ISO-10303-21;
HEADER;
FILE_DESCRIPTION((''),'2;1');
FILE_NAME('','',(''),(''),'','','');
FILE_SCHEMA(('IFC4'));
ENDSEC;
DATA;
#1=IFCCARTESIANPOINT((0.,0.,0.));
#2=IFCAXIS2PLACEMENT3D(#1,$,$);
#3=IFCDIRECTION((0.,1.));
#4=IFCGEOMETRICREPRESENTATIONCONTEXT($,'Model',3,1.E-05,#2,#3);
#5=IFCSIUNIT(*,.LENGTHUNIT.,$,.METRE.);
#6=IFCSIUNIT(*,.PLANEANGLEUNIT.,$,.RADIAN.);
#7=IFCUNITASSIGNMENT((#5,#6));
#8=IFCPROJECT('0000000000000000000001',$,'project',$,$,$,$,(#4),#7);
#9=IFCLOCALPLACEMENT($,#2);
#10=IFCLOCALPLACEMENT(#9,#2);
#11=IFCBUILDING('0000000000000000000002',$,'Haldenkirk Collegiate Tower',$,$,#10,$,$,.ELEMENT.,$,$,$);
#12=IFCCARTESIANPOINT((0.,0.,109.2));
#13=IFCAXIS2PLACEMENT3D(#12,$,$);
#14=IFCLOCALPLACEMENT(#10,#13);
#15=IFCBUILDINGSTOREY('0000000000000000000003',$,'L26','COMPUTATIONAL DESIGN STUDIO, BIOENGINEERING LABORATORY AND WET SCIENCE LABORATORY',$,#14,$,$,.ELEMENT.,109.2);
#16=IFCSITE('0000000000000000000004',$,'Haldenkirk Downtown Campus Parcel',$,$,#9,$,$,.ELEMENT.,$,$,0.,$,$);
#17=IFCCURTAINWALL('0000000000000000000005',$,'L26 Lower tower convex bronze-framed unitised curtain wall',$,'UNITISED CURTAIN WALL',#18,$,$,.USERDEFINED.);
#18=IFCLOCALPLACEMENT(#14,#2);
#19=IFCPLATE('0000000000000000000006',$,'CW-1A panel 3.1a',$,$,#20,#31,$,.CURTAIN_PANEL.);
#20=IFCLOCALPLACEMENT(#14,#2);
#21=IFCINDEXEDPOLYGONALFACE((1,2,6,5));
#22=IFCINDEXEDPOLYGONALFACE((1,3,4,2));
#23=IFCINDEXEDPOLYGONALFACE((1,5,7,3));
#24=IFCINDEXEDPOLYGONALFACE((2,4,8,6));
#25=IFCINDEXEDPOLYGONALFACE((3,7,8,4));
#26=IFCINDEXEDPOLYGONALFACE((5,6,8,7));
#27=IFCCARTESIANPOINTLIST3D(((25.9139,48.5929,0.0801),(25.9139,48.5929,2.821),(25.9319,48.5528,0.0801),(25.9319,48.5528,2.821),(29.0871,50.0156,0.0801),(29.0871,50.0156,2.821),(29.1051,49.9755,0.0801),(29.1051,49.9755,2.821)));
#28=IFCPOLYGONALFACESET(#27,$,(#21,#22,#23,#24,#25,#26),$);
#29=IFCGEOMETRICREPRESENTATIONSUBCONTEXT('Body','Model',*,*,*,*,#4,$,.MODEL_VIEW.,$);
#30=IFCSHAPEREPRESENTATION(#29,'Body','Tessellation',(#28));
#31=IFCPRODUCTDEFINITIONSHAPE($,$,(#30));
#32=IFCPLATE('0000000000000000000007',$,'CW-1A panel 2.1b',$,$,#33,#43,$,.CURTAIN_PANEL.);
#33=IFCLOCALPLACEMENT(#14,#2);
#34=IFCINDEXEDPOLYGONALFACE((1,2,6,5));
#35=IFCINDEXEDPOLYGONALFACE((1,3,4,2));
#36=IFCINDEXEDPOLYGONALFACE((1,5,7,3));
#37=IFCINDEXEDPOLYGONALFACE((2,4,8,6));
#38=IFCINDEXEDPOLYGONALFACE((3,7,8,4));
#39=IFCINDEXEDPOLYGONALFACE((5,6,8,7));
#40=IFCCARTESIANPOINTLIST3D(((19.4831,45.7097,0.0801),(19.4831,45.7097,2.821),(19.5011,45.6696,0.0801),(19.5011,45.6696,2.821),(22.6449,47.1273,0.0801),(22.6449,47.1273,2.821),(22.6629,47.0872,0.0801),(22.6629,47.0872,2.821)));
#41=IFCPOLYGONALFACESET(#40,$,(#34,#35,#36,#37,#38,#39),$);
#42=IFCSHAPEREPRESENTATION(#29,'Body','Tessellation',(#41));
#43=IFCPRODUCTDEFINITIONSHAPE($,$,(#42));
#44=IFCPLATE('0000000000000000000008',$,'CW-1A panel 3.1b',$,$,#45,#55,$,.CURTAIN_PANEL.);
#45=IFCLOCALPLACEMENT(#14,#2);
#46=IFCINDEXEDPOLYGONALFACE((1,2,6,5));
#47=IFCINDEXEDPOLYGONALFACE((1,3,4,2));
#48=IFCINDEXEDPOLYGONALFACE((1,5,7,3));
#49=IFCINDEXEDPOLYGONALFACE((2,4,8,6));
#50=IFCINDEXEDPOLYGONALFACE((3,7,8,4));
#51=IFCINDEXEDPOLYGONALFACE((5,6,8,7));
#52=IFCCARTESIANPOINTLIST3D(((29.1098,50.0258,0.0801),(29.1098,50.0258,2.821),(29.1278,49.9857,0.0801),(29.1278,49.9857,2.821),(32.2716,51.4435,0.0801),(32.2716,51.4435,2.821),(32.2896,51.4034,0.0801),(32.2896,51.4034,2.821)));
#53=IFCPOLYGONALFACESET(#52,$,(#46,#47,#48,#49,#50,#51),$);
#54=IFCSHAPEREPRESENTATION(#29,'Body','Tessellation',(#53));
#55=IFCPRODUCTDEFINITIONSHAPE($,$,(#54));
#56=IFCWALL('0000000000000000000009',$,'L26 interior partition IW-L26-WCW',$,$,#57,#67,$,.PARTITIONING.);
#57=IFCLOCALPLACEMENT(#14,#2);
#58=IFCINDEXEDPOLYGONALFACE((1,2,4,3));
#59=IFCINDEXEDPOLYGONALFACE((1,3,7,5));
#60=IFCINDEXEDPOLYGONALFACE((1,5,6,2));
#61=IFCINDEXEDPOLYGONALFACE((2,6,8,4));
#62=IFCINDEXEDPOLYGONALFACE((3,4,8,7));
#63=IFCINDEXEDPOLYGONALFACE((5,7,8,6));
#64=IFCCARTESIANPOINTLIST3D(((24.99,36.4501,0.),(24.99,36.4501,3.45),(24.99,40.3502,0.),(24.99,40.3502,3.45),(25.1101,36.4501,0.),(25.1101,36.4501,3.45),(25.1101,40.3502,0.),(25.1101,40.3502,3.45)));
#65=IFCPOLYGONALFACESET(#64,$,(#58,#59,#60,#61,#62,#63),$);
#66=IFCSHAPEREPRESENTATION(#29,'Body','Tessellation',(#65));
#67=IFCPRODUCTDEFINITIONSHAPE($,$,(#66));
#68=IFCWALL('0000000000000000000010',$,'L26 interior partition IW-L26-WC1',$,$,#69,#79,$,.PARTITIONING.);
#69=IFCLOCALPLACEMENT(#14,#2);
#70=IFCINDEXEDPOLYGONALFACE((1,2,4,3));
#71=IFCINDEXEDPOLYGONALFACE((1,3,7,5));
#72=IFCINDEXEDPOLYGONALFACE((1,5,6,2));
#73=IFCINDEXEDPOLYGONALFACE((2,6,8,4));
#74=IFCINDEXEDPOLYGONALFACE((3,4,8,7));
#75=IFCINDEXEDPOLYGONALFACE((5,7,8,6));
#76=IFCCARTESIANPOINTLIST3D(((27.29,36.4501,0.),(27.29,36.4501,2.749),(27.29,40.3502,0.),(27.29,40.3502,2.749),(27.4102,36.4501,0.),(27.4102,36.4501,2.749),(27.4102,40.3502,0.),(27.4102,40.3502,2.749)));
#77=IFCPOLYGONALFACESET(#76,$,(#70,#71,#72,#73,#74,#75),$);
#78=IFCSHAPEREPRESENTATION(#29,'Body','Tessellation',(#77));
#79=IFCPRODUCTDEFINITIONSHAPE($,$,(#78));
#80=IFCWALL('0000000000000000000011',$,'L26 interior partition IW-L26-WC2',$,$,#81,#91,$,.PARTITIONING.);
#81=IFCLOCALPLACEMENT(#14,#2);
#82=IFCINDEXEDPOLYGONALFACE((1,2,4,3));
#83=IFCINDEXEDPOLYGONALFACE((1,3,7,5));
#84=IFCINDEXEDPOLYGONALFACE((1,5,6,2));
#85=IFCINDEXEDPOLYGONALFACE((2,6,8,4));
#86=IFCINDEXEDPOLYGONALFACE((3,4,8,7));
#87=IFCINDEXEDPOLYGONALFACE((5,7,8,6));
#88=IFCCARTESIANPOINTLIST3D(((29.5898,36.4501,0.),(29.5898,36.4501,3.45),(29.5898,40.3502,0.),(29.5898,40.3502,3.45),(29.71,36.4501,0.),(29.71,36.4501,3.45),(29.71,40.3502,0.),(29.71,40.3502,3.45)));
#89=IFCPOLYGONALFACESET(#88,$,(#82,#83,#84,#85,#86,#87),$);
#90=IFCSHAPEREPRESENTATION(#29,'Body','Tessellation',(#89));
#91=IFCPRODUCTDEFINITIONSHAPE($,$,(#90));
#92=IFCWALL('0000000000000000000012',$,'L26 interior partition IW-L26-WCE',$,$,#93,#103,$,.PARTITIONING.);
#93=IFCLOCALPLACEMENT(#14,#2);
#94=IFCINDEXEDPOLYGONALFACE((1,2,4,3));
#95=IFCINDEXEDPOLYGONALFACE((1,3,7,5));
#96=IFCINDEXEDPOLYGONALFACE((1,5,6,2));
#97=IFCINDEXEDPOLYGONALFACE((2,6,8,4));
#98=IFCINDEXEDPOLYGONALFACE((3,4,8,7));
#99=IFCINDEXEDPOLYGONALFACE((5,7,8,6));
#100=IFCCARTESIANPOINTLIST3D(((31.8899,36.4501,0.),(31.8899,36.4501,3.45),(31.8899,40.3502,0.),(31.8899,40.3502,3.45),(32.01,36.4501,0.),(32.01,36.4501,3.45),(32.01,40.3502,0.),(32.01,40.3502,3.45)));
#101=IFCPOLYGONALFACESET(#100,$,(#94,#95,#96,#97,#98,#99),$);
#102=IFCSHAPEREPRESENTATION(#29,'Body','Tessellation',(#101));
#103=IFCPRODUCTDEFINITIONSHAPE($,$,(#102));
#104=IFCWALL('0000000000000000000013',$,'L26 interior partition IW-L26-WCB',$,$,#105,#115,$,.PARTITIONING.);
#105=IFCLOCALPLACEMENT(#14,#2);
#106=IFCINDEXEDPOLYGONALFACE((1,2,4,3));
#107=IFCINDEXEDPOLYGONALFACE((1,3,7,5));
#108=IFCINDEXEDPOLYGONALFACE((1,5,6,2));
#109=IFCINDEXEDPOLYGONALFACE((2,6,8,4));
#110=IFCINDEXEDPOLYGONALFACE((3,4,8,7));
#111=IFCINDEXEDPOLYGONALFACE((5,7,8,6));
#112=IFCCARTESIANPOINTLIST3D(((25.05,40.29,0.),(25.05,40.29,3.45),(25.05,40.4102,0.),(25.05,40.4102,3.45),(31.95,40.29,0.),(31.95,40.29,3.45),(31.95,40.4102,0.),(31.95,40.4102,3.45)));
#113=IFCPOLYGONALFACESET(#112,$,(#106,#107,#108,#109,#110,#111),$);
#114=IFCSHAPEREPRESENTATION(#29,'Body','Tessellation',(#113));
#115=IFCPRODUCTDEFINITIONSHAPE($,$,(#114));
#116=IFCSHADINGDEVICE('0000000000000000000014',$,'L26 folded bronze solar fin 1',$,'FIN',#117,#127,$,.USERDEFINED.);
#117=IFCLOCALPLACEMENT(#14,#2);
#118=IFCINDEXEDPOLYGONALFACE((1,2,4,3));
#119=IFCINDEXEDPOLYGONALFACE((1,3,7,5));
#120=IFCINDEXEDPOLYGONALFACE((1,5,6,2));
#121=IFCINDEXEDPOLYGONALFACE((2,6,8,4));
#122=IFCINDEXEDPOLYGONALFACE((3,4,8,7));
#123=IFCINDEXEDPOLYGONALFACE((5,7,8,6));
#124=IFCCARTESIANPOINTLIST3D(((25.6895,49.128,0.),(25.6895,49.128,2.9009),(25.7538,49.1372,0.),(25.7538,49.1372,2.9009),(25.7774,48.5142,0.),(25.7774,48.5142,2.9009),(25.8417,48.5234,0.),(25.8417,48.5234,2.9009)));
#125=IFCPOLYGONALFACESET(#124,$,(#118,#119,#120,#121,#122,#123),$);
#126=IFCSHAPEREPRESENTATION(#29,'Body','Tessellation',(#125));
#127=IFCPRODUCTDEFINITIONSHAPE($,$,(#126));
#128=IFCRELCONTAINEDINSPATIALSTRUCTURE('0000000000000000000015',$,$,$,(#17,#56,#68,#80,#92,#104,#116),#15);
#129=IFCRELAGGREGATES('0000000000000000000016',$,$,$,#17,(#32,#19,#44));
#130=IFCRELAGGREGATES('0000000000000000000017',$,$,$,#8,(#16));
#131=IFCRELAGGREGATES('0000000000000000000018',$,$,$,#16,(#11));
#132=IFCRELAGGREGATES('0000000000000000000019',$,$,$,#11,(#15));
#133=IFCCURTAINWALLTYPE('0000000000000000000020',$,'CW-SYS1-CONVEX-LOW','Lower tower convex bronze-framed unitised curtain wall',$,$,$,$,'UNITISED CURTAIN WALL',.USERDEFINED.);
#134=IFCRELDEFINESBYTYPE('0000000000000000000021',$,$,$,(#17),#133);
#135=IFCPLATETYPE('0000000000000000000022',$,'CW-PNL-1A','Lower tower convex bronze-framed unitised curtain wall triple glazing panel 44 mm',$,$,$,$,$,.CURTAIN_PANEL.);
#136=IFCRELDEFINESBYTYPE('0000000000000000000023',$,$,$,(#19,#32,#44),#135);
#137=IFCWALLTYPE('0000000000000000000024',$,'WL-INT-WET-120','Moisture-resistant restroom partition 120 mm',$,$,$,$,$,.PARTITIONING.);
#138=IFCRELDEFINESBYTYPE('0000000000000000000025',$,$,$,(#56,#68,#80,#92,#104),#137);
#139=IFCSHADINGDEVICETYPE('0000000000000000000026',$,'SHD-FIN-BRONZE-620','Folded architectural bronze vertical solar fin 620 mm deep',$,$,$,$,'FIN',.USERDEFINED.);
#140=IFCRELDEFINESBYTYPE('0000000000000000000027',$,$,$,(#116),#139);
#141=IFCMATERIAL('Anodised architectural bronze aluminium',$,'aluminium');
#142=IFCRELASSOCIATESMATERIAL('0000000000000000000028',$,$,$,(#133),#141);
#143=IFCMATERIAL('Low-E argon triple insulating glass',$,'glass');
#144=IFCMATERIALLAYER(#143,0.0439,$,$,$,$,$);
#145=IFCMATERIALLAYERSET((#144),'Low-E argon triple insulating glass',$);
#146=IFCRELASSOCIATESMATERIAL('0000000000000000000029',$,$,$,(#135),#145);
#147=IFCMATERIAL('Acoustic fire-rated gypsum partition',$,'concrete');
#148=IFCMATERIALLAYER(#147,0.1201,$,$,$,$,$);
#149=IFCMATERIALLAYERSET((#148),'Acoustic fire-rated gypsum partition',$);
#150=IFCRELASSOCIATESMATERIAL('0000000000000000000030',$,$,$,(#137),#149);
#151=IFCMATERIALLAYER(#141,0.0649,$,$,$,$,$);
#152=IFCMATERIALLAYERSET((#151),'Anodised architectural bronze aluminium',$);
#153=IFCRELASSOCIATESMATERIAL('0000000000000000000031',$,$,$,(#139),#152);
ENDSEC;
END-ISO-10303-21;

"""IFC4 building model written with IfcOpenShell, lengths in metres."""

from ifc_helpers import new_model, si_unit, direction, frame, frame_2d, origin, origin_2d, place, context, subcontext, project, spatial, rectangle, extrude, source, transform, mapped, material, layer, layer_set, type_object, element, aggregate, save


model = new_model("IFC4")

# Units and contexts
model_context = context("Model", 3, precision=1e-05, world=origin(), true_north=direction((0.0, 1.0)))
body_context = subcontext(model_context, "Body", "Model", "MODEL_VIEW")
ifc_project = project(units=[si_unit("LENGTHUNIT", "METRE"), si_unit("PLANEANGLEUNIT", "RADIAN")], contexts=[model_context])

# Site, building, storey
site_placement = place(None, origin())
site = spatial("IfcSite", under=ifc_project, at=site_placement, Name="Haldenkirk Downtown Campus Parcel", CompositionType="ELEMENT", RefElevation=0.0)
building_placement = place(site_placement, origin())
building = spatial("IfcBuilding", under=site, at=building_placement, Name="Haldenkirk Collegiate Tower", CompositionType="ELEMENT")
storey_placement = place(building_placement, frame((0.0, 0.0, 109.2)))
storey = spatial("IfcBuildingStorey", under=building, at=storey_placement, Name="L26", Description="COMPUTATIONAL DESIGN STUDIO, BIOENGINEERING LABORATORY AND WET SCIENCE LABORATORY", CompositionType="ELEMENT", Elevation=109.2)

# Curtain wall, plates
ifc_material_1 = material(Name="Anodised architectural bronze aluminium", Category="aluminium")
curtain_wall_type = type_object("IfcCurtainWallType", Name="CW-SYS1-CONVEX-LOW", Description="Lower tower convex bronze-framed unitised curtain wall", ElementType="UNITISED CURTAIN WALL", PredefinedType="USERDEFINED", material=ifc_material_1)
curtain_wall_placement = place(storey_placement, origin())
curtain_wall = element("IfcCurtainWall", 1, at=curtain_wall_placement, inside=storey, type_object=curtain_wall_type, Name="L26 Lower tower convex bronze-framed unitised curtain wall", ObjectType="UNITISED CURTAIN WALL", PredefinedType="USERDEFINED")
shared_shape_1 = source(origin(), body_context, "Body", "SweptSolid", [
    extrude(rectangle(XDim=3.4775, YDim=0.0439, at=origin_2d()), origin(), (0.0, 0.0, 1.0), 2.741),
])
ifc_material_2 = material(Name="Low-E argon triple insulating glass", Category="glass")
ifc_layer_1 = layer(ifc_material_2, 0.0439)
ifc_layer_set_1 = layer_set([ifc_layer_1], Name="Low-E argon triple insulating glass")
plate_type_1 = type_object("IfcPlateType", Name="CW-PNL-1A", Description="Lower tower convex bronze-framed unitised curtain wall triple glazing panel 44 mm", PredefinedType="CURTAIN_PANEL", material=ifc_layer_set_1)
plate_1_placement = place(storey_placement, frame((27.5095, 49.2842, 0.0801), z_axis=(0.0, 0.0, 1.0), x_axis=(0.912477, 0.409127, 0.0)))
plate_1 = element("IfcPlate", 2, at=plate_1_placement, type_object=plate_type_1, Name="CW-1A panel 3.1a", PredefinedType="CURTAIN_PANEL", context=body_context, shape_type="MappedRepresentation", body=[
    mapped(shared_shape_1, transform((0.0, 0.0, 0.0), x_axis=(1.0, 0.0, 0.0), y_axis=(0.0, 1.0, 0.0), z_axis=(0.0, 0.0, 1.0), scale=1.0)),
])
shared_shape_2 = source(origin(), body_context, "Body", "SweptSolid", [
    extrude(rectangle(XDim=3.4651, YDim=0.0439, at=origin_2d()), origin(), (0.0, 0.0, 1.0), 2.741),
])
plate_2_placement = place(storey_placement, frame((21.073, 46.3984, 0.0801), z_axis=(0.0, 0.0, 1.0), x_axis=(0.912477, 0.409127, 0.0)))
plate_2 = element("IfcPlate", 3, at=plate_2_placement, type_object=plate_type_1, Name="CW-1A panel 2.1b", PredefinedType="CURTAIN_PANEL", context=body_context, shape_type="MappedRepresentation", body=[
    mapped(shared_shape_2, transform((0.0, 0.0, 0.0), x_axis=(1.0, 0.0, 0.0), y_axis=(0.0, 1.0, 0.0), z_axis=(0.0, 0.0, 1.0), scale=1.0)),
])
plate_3_placement = place(storey_placement, frame((30.6997, 50.7146, 0.0801), z_axis=(0.0, 0.0, 1.0), x_axis=(0.912477, 0.409127, 0.0)))
plate_3 = element("IfcPlate", 4, at=plate_3_placement, type_object=plate_type_1, Name="CW-1A panel 3.1b", PredefinedType="CURTAIN_PANEL", context=body_context, shape_type="MappedRepresentation", body=[
    mapped(shared_shape_2, transform((0.0, 0.0, 0.0), x_axis=(1.0, 0.0, 0.0), y_axis=(0.0, 1.0, 0.0), z_axis=(0.0, 0.0, 1.0), scale=1.0)),
])
aggregate(curtain_wall, [plate_2, plate_1, plate_3])

# Shared definitions
ifc_material_3 = material(Name="Acoustic fire-rated gypsum partition", Category="concrete")

# Walls
ifc_layer_2 = layer(ifc_material_3, 0.1201)
ifc_layer_set_2 = layer_set([ifc_layer_2], Name="Acoustic fire-rated gypsum partition")
wall_type_1 = type_object("IfcWallType", Name="WL-INT-WET-120", Description="Moisture-resistant restroom partition 120 mm", PredefinedType="PARTITIONING", material=ifc_layer_set_2)
wall_1_placement = place(storey_placement, frame((25.05, 36.45, 0.0), z_axis=(0.0, 0.0, 1.0), x_axis=(0.0, 1.0, 0.0)))
element("IfcWall", 5, at=wall_1_placement, inside=storey, type_object=wall_type_1, Name="L26 interior partition IW-L26-WCW", PredefinedType="PARTITIONING", context=body_context, shape_type="SweptSolid", body=[
    extrude(rectangle(XDim=3.9001, YDim=0.1201, at=frame_2d((1.9502, 0.0))), origin(), (0.0, 0.0, 1.0), 3.45),
])
wall_2_placement = place(storey_placement, frame((27.3501, 36.45, 0.0), z_axis=(0.0, 0.0, 1.0), x_axis=(0.0, 1.0, 0.0)))
element("IfcWall", 6, at=wall_2_placement, inside=storey, type_object=wall_type_1, Name="L26 interior partition IW-L26-WC1", PredefinedType="PARTITIONING", context=body_context, shape_type="SweptSolid", body=[
    extrude(rectangle(XDim=3.9001, YDim=0.1201, at=frame_2d((1.9502, 0.0))), origin(), (0.0, 0.0, 1.0), 2.749),
])
for number, where, z_axis, x_axis, name in (
    (7, (29.6499, 36.45, 0.0), (0.0, 0.0, 1.0), (0.0, 1.0, 0.0), "L26 interior partition IW-L26-WC2"),
    (8, (31.95, 36.45, 0.0), (0.0, 0.0, 1.0), (0.0, 1.0, 0.0), "L26 interior partition IW-L26-WCE"),
):
    element("IfcWall", number, at=place(storey_placement, frame(where, z_axis=z_axis, x_axis=x_axis)), inside=storey, type_object=wall_type_1, Name=name, PredefinedType="PARTITIONING", context=body_context, shape_type="SweptSolid", body=[
        extrude(rectangle(XDim=3.9001, YDim=0.1201, at=frame_2d((1.9502, 0.0))), origin(), (0.0, 0.0, 1.0), 3.45),
    ])
wall_3_placement = place(storey_placement, frame((25.05, 40.3501, 0.0), z_axis=(0.0, 0.0, 1.0), x_axis=(1.0, 0.0, 0.0)))
element("IfcWall", 9, at=wall_3_placement, inside=storey, type_object=wall_type_1, Name="L26 interior partition IW-L26-WCB", PredefinedType="PARTITIONING", context=body_context, shape_type="SweptSolid", body=[
    extrude(rectangle(XDim=6.8999, YDim=0.1201, at=frame_2d((3.45, 0.0))), origin(), (0.0, 0.0, 1.0), 3.45),
])

# Shading device
ifc_layer_3 = layer(ifc_material_1, 0.0649)
ifc_layer_set_3 = layer_set([ifc_layer_3], Name="Anodised architectural bronze aluminium")
shading_device_type = type_object("IfcShadingDeviceType", Name="SHD-FIN-BRONZE-620", Description="Folded architectural bronze vertical solar fin 620 mm deep", ElementType="FIN", PredefinedType="USERDEFINED", material=ifc_layer_set_3)
shared_shape_3 = source(origin(), body_context, "Body", "SweptSolid", [
    extrude(rectangle(XDim=0.6201, YDim=0.0649, at=origin_2d()), origin(), (0.0, 0.0, 1.0), 2.9009),
])
shading_device_placement = place(storey_placement, frame((25.7656, 48.8257, 0.0), z_axis=(0.0, 0.0, 1.0), x_axis=(-0.141765, 0.9899, 0.0)))
element("IfcShadingDevice", 10, at=shading_device_placement, inside=storey, type_object=shading_device_type, Name="L26 folded bronze solar fin 1", ObjectType="FIN", PredefinedType="USERDEFINED", context=body_context, shape_type="MappedRepresentation", body=[
    mapped(shared_shape_3, transform((0.0, 0.0, 0.0), x_axis=(1.0, 0.0, 0.0), y_axis=(0.0, 1.0, 0.0), z_axis=(0.0, 0.0, 1.0), scale=1.0)),
])

save(model, "model.ifc")
